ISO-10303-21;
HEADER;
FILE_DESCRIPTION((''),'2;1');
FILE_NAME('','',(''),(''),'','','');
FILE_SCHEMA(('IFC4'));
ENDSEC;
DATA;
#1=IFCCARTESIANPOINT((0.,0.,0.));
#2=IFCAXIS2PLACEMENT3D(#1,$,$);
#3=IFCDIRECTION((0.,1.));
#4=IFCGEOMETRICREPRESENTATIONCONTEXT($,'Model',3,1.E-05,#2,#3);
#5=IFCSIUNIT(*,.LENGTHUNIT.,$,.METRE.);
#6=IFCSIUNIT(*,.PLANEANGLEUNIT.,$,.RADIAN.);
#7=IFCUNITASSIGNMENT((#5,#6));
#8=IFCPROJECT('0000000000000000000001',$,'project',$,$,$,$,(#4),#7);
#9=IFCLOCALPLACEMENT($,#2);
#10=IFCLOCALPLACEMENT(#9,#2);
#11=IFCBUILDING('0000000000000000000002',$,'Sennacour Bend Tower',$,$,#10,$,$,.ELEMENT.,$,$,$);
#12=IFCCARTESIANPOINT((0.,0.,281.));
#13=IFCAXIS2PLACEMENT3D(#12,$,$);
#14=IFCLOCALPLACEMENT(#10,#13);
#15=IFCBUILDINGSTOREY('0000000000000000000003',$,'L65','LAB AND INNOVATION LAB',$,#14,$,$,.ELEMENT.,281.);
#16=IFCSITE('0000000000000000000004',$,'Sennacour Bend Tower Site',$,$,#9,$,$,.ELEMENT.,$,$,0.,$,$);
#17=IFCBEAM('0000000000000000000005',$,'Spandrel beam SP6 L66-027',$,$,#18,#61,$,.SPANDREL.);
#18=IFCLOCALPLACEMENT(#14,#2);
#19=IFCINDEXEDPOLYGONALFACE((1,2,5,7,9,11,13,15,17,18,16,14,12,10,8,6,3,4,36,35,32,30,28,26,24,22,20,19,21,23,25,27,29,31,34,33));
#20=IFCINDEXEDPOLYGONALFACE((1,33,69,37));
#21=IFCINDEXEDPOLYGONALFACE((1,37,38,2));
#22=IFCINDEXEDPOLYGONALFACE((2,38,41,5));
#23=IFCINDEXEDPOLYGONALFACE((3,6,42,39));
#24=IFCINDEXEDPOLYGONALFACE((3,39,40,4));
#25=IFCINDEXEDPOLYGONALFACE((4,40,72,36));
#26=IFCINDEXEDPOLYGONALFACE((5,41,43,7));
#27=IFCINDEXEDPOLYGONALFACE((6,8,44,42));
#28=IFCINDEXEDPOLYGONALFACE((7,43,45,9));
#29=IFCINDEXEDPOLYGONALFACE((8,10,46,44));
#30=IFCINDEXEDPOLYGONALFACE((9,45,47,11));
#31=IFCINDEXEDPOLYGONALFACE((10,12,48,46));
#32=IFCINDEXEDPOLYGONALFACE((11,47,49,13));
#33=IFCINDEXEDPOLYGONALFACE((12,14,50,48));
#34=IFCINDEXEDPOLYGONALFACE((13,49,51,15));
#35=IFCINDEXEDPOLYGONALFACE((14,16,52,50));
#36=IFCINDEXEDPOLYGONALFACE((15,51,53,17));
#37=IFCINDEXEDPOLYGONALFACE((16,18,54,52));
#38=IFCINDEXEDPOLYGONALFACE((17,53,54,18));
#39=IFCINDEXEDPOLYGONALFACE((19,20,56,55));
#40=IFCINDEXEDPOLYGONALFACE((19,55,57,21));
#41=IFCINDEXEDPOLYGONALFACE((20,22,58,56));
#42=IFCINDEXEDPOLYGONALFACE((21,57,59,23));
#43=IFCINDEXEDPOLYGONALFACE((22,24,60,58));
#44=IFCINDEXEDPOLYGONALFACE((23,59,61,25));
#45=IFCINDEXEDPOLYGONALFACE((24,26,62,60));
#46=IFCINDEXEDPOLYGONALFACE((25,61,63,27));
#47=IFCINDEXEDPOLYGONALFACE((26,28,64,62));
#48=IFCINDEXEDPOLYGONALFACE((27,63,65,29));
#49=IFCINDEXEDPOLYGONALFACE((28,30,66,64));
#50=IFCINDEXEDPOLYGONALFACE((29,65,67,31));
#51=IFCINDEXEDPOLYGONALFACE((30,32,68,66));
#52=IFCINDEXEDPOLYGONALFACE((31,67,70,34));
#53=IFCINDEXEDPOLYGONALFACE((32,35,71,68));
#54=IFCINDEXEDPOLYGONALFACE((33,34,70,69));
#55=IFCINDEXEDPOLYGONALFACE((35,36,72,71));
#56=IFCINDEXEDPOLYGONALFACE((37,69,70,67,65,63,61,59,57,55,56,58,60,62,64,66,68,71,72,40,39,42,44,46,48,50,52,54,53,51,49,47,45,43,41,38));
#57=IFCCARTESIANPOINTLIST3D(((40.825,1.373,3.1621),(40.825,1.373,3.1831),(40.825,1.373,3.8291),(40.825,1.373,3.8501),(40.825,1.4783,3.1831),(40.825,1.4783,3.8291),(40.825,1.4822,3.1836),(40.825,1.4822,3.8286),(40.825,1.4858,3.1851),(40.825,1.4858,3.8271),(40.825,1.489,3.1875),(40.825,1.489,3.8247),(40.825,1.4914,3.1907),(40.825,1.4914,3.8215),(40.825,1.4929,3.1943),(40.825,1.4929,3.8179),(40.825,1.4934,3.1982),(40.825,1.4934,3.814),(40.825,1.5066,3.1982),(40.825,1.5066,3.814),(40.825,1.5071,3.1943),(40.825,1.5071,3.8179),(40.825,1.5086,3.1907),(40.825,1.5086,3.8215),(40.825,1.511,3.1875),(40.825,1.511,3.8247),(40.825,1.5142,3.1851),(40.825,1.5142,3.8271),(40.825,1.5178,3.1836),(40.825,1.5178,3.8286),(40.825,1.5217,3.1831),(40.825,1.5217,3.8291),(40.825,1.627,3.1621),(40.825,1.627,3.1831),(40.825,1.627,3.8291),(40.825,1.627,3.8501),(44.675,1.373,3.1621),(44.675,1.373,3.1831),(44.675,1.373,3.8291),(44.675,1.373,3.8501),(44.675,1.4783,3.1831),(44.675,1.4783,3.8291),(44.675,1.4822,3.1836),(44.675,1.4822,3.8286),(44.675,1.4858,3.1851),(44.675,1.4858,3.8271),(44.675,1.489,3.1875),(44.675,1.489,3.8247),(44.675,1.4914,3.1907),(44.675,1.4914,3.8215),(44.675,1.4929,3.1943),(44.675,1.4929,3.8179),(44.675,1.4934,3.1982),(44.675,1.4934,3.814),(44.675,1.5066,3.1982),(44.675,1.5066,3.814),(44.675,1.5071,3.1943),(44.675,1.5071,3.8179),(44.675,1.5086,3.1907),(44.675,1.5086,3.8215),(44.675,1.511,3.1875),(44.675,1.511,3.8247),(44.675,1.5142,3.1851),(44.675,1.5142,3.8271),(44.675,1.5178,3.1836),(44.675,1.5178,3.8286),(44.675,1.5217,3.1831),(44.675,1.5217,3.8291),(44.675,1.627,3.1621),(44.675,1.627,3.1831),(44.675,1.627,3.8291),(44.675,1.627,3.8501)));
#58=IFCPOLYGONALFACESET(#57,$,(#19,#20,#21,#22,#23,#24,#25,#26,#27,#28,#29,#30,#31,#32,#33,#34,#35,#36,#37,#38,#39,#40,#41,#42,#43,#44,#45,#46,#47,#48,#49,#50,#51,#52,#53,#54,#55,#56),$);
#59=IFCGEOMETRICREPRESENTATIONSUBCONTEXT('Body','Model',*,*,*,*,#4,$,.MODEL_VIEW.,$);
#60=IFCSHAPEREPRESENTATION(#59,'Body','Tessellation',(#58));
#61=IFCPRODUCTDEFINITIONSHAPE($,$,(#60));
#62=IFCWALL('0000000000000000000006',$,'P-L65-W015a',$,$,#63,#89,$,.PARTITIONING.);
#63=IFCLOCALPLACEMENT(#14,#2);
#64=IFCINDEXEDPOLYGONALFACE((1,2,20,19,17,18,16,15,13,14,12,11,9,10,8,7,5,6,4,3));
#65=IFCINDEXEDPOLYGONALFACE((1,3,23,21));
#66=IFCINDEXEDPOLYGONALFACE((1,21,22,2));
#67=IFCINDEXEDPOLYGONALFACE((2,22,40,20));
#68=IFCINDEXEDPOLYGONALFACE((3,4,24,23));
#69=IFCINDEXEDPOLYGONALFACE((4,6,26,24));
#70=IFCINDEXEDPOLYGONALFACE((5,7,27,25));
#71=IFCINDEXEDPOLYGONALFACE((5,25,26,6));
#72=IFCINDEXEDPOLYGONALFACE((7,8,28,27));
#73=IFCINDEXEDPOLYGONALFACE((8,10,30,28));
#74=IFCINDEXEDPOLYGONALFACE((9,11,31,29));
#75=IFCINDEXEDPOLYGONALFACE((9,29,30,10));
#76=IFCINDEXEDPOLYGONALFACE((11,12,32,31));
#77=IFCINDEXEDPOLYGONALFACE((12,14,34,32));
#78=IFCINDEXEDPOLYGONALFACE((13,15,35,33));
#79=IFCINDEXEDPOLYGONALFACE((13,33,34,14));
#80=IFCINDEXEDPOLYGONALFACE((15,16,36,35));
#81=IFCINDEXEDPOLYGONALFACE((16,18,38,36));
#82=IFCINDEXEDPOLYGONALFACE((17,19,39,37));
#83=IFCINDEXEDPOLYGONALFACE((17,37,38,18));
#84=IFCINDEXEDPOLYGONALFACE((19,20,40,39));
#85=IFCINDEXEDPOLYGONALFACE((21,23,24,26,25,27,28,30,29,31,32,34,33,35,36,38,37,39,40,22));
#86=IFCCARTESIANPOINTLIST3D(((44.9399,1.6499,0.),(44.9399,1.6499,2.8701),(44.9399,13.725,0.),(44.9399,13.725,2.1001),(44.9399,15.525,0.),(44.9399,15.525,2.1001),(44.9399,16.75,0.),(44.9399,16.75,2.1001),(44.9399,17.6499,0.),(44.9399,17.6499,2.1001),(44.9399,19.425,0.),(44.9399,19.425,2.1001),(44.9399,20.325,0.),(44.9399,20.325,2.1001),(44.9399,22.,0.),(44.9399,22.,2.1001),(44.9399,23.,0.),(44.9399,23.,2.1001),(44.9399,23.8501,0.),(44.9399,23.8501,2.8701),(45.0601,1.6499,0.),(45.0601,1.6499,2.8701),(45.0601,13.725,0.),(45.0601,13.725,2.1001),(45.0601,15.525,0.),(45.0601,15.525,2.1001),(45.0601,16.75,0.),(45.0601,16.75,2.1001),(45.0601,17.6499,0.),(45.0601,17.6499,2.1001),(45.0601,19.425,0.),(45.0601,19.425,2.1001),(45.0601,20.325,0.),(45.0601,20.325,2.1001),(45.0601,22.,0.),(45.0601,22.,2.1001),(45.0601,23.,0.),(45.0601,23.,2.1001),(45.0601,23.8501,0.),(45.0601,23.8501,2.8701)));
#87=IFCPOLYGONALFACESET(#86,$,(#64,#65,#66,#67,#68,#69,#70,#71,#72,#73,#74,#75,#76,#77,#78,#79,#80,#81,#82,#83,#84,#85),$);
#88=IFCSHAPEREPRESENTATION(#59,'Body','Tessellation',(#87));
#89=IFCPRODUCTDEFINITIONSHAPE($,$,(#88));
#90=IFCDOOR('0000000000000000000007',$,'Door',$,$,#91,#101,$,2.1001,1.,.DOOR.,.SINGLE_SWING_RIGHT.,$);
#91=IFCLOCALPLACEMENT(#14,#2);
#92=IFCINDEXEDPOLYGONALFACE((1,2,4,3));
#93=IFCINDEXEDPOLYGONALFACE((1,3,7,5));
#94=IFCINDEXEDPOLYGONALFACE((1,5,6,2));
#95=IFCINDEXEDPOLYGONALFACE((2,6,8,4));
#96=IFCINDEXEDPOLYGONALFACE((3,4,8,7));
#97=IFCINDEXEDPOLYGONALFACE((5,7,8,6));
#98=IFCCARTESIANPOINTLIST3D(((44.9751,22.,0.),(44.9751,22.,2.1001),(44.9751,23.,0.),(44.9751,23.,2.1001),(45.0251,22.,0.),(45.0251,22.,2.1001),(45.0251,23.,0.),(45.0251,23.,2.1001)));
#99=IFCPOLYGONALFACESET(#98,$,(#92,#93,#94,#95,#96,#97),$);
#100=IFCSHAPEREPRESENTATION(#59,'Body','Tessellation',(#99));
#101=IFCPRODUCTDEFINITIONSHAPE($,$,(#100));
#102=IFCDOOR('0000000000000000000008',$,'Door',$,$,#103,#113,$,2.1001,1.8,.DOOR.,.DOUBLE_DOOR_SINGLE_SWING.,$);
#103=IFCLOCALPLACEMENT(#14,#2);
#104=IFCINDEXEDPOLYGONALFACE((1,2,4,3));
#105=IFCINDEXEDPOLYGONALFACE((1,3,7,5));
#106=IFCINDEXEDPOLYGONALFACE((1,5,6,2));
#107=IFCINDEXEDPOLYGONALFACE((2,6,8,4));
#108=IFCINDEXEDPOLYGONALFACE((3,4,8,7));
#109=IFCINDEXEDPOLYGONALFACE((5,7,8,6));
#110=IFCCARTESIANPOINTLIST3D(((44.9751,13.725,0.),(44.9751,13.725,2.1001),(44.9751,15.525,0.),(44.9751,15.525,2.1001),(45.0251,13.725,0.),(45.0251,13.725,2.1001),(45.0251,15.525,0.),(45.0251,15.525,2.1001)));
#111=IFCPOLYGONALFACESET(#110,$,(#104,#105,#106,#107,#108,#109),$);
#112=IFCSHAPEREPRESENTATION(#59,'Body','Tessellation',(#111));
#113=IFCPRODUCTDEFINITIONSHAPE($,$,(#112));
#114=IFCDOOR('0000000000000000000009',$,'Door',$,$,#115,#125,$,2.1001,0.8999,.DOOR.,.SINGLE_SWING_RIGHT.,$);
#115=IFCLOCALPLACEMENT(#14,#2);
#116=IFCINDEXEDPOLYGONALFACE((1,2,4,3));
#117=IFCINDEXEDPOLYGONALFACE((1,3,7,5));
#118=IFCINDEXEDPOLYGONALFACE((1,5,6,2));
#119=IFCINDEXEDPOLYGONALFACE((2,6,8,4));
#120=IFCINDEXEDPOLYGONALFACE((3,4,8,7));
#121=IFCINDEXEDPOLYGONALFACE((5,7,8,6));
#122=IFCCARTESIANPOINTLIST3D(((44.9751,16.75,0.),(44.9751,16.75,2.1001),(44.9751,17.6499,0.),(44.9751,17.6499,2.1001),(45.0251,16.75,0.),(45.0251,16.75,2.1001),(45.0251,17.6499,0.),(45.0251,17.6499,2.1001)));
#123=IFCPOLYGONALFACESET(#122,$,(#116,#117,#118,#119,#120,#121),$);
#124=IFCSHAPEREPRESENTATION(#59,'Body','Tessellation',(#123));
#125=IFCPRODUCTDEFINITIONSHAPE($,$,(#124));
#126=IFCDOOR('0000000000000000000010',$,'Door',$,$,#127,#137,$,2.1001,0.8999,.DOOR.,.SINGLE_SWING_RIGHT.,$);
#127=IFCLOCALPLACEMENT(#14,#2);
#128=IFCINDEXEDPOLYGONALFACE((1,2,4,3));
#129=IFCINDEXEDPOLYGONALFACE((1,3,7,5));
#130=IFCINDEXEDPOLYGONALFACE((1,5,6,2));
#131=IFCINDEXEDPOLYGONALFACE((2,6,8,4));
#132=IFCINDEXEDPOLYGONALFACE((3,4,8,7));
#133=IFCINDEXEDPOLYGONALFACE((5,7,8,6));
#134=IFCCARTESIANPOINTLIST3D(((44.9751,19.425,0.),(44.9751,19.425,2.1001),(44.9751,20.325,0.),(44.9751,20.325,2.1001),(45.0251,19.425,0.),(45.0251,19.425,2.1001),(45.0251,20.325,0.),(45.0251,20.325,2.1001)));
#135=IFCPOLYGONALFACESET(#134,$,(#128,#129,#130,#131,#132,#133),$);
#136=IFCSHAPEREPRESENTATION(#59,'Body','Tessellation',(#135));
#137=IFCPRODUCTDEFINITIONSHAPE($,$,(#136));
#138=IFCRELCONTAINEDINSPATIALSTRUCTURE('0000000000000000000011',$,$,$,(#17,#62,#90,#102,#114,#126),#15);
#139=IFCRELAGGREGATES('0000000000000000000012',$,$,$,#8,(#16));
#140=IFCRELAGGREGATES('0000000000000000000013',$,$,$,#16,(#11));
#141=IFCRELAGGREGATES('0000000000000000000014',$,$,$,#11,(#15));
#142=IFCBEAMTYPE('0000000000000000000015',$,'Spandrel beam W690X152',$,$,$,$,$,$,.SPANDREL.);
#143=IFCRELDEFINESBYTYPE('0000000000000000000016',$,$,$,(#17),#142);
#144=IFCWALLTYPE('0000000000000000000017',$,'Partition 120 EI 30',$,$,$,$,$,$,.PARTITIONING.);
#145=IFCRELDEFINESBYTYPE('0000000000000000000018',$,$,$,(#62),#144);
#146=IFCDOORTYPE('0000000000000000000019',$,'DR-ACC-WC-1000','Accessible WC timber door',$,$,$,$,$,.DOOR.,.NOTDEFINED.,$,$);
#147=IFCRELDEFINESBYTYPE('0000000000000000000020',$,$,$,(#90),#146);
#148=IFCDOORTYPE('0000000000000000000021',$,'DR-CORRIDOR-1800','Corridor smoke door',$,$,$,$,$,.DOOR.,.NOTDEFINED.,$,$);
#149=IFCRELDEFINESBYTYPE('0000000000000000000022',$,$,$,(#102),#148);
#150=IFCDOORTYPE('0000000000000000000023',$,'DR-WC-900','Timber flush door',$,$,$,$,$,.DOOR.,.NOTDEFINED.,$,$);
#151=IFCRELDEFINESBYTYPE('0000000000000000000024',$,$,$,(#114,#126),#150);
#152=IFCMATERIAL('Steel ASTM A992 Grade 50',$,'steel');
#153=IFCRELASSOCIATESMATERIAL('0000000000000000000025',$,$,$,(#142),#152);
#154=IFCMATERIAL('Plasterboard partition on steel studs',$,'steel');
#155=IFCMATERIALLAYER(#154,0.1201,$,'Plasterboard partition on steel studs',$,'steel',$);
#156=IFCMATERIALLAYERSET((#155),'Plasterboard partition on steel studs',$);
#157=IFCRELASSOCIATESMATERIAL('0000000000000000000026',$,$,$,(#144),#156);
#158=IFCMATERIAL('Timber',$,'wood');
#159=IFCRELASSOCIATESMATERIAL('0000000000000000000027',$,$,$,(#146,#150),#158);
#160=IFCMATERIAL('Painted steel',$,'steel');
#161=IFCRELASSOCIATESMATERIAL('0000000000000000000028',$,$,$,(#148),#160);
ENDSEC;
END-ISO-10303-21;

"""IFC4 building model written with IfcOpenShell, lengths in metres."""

from ifc_helpers import new_model, si_unit, direction, frame, frame_2d, origin, origin_2d, place, context, subcontext, project, spatial, rectangle, i_section, extrude, material, layer, layer_set, material_profile, profile_set, type_object, element, fill, save


model = new_model("IFC4")

# Units and contexts
model_context = context("Model", 3, precision=1e-05, world=origin(), true_north=direction((0.0, 1.0)))
body_context = subcontext(model_context, "Body", "Model", "MODEL_VIEW")
ifc_project = project(units=[si_unit("LENGTHUNIT", "METRE"), si_unit("PLANEANGLEUNIT", "RADIAN")], contexts=[model_context])

# Site, building, storey
site_placement = place(None, origin())
site = spatial("IfcSite", under=ifc_project, at=site_placement, Name="Sennacour Bend Tower Site", CompositionType="ELEMENT", RefElevation=0.0)
building_placement = place(site_placement, origin())
building = spatial("IfcBuilding", under=site, at=building_placement, Name="Sennacour Bend Tower", CompositionType="ELEMENT")
storey_placement = place(building_placement, frame((0.0, 0.0, 281.0)))
storey = spatial("IfcBuildingStorey", under=building, at=storey_placement, Name="L65", Description="LAB AND INNOVATION LAB", CompositionType="ELEMENT", Elevation=281.0)

# Beam
ifc_material_1 = material(Name="Steel ASTM A992 Grade 50", Category="steel")
ifc_material_profile_1 = material_profile(ifc_material_1, i_section(OverallWidth=0.2539, OverallDepth=0.688, WebThickness=0.0132, FlangeThickness=0.021, FilletRadius=0.0151, at=origin_2d()), Name="Steel ASTM A992 Grade 50", Category="steel")
ifc_profile_set_1 = profile_set([ifc_material_profile_1], Name="Steel ASTM A992 Grade 50")
beam_type_1 = type_object("IfcBeamType", Name="Spandrel beam W690X152", PredefinedType="SPANDREL", material=ifc_profile_set_1)
for number, where, z_axis, x_axis, name in (
    (1, (44.675, 1.5, 3.5061), (-1.0, 0.0, 0.0), (0.0, -1.0, 0.0), "Spandrel beam SP6 L66-027"),
):
    element("IfcBeam", number, at=place(storey_placement, frame(where, z_axis=z_axis, x_axis=x_axis)), inside=storey, type_object=beam_type_1, Name=name, PredefinedType="SPANDREL", context=body_context, shape_type="SweptSolid", body=[
        extrude(i_section(OverallWidth=0.2539, OverallDepth=0.688, WebThickness=0.0132, FlangeThickness=0.021, FilletRadius=0.0151, at=origin_2d()), origin(), (0.0, 0.0, 1.0), 3.8501),
    ])

# Wall, openings, doors
ifc_material_2 = material(Name="Plasterboard partition on steel studs", Category="steel")
ifc_layer_1 = layer(ifc_material_2, 0.1201, Name="Plasterboard partition on steel studs", Category="steel")
ifc_layer_set_1 = layer_set([ifc_layer_1], Name="Plasterboard partition on steel studs")
wall_type_1 = type_object("IfcWallType", Name="Partition 120 EI 30", PredefinedType="PARTITIONING", material=ifc_layer_set_1)
wall_1_placement = place(storey_placement, frame((45.0, 1.6499, 0.0), z_axis=(0.0, 0.0, 1.0), x_axis=(0.0, 1.0, 0.0)))
wall_1 = element("IfcWall", 2, at=wall_1_placement, inside=storey, type_object=wall_type_1, Name="P-L65-W015a", PredefinedType="PARTITIONING", context=body_context, shape_type="SweptSolid", body=[
    extrude(rectangle(XDim=22.2002, YDim=0.1201, at=frame_2d((11.1001, 0.0))), origin(), (0.0, 0.0, 1.0), 2.8701),
])
opening_1_placement = place(wall_1_placement, frame((12.0752, 0.0, 0.0)))
opening_1 = element("IfcOpeningElement", 3, at=opening_1_placement, cuts=wall_1, PredefinedType="OPENING", context=body_context, shape_type="SweptSolid", body=[
    extrude(rectangle(XDim=1.8, YDim=2.1001, at=frame_2d((0.8999, 1.05))), frame((0.0, 0.0701, 0.0), z_axis=(0.0, -1.0, 0.0), x_axis=(1.0, 0.0, 0.0)), (0.0, 0.0, 1.0), 0.1401),
])
opening_2_placement = place(wall_1_placement, frame((15.1001, 0.0, 0.0)))
opening_2 = element("IfcOpeningElement", 4, at=opening_2_placement, cuts=wall_1, PredefinedType="OPENING", context=body_context, shape_type="SweptSolid", body=[
    extrude(rectangle(XDim=0.8999, YDim=2.1001, at=frame_2d((0.45, 1.05))), frame((0.0, 0.0701, 0.0), z_axis=(0.0, -1.0, 0.0), x_axis=(1.0, 0.0, 0.0)), (0.0, 0.0, 1.0), 0.1401),
])
opening_3_placement = place(wall_1_placement, frame((17.7751, 0.0, 0.0)))
opening_3 = element("IfcOpeningElement", 5, at=opening_3_placement, cuts=wall_1, PredefinedType="OPENING", context=body_context, shape_type="SweptSolid", body=[
    extrude(rectangle(XDim=0.8999, YDim=2.1001, at=frame_2d((0.45, 1.05))), frame((0.0, 0.0701, 0.0), z_axis=(0.0, -1.0, 0.0), x_axis=(1.0, 0.0, 0.0)), (0.0, 0.0, 1.0), 0.1401),
])
opening_4_placement = place(wall_1_placement, frame((20.3501, 0.0, 0.0)))
opening_4 = element("IfcOpeningElement", 6, at=opening_4_placement, cuts=wall_1, PredefinedType="OPENING", context=body_context, shape_type="SweptSolid", body=[
    extrude(rectangle(XDim=1.0, YDim=2.1001, at=frame_2d((0.5, 1.05))), frame((0.0, 0.0701, 0.0), z_axis=(0.0, -1.0, 0.0), x_axis=(1.0, 0.0, 0.0)), (0.0, 0.0, 1.0), 0.1401),
])
ifc_material_3 = material(Name="Timber", Category="wood")
door_type_1 = type_object("IfcDoorType", Name="DR-ACC-WC-1000", Description="Accessible WC timber door", OperationType="NOTDEFINED", PredefinedType="DOOR", material=ifc_material_3)
door_1_placement = place(opening_4_placement, origin())
door_1 = element("IfcDoor", 7, at=door_1_placement, inside=storey, type_object=door_type_1, Name="Door", OperationType="SINGLE_SWING_RIGHT", OverallHeight=2.1001, OverallWidth=1.0, PredefinedType="DOOR", context=body_context, shape_type="SweptSolid", body=[
    extrude(rectangle(XDim=1.0, YDim=2.1001, at=frame_2d((0.5, 1.05))), frame((0.0, 0.0249, 0.0), z_axis=(0.0, -1.0, 0.0), x_axis=(1.0, 0.0, 0.0)), (0.0, 0.0, 1.0), 0.05),
])
fill(opening_4, door_1)
ifc_material_4 = material(Name="Painted steel", Category="steel")
door_type_2 = type_object("IfcDoorType", Name="DR-CORRIDOR-1800", Description="Corridor smoke door", OperationType="NOTDEFINED", PredefinedType="DOOR", material=ifc_material_4)
door_2_placement = place(opening_1_placement, origin())
door_2 = element("IfcDoor", 8, at=door_2_placement, inside=storey, type_object=door_type_2, Name="Door", OperationType="DOUBLE_DOOR_SINGLE_SWING", OverallHeight=2.1001, OverallWidth=1.8, PredefinedType="DOOR", context=body_context, shape_type="SweptSolid", body=[
    extrude(rectangle(XDim=1.8, YDim=2.1001, at=frame_2d((0.8999, 1.05))), frame((0.0, 0.0249, 0.0), z_axis=(0.0, -1.0, 0.0), x_axis=(1.0, 0.0, 0.0)), (0.0, 0.0, 1.0), 0.05),
])
fill(opening_1, door_2)
door_type_3 = type_object("IfcDoorType", Name="DR-WC-900", Description="Timber flush door", OperationType="NOTDEFINED", PredefinedType="DOOR", material=ifc_material_3)
door_3_placement = place(opening_2_placement, origin())
door_3 = element("IfcDoor", 9, at=door_3_placement, inside=storey, type_object=door_type_3, Name="Door", OperationType="SINGLE_SWING_RIGHT", OverallHeight=2.1001, OverallWidth=0.8999, PredefinedType="DOOR", context=body_context, shape_type="SweptSolid", body=[
    extrude(rectangle(XDim=0.8999, YDim=2.1001, at=frame_2d((0.45, 1.05))), frame((0.0, 0.0249, 0.0), z_axis=(0.0, -1.0, 0.0), x_axis=(1.0, 0.0, 0.0)), (0.0, 0.0, 1.0), 0.05),
])
fill(opening_2, door_3)
door_4_placement = place(opening_3_placement, origin())
door_4 = element("IfcDoor", 10, at=door_4_placement, inside=storey, type_object=door_type_3, Name="Door", OperationType="SINGLE_SWING_RIGHT", OverallHeight=2.1001, OverallWidth=0.8999, PredefinedType="DOOR", context=body_context, shape_type="SweptSolid", body=[
    extrude(rectangle(XDim=0.8999, YDim=2.1001, at=frame_2d((0.45, 1.05))), frame((0.0, 0.0249, 0.0), z_axis=(0.0, -1.0, 0.0), x_axis=(1.0, 0.0, 0.0)), (0.0, 0.0, 1.0), 0.05),
])
fill(opening_3, door_4)

save(model, "model.ifc")
